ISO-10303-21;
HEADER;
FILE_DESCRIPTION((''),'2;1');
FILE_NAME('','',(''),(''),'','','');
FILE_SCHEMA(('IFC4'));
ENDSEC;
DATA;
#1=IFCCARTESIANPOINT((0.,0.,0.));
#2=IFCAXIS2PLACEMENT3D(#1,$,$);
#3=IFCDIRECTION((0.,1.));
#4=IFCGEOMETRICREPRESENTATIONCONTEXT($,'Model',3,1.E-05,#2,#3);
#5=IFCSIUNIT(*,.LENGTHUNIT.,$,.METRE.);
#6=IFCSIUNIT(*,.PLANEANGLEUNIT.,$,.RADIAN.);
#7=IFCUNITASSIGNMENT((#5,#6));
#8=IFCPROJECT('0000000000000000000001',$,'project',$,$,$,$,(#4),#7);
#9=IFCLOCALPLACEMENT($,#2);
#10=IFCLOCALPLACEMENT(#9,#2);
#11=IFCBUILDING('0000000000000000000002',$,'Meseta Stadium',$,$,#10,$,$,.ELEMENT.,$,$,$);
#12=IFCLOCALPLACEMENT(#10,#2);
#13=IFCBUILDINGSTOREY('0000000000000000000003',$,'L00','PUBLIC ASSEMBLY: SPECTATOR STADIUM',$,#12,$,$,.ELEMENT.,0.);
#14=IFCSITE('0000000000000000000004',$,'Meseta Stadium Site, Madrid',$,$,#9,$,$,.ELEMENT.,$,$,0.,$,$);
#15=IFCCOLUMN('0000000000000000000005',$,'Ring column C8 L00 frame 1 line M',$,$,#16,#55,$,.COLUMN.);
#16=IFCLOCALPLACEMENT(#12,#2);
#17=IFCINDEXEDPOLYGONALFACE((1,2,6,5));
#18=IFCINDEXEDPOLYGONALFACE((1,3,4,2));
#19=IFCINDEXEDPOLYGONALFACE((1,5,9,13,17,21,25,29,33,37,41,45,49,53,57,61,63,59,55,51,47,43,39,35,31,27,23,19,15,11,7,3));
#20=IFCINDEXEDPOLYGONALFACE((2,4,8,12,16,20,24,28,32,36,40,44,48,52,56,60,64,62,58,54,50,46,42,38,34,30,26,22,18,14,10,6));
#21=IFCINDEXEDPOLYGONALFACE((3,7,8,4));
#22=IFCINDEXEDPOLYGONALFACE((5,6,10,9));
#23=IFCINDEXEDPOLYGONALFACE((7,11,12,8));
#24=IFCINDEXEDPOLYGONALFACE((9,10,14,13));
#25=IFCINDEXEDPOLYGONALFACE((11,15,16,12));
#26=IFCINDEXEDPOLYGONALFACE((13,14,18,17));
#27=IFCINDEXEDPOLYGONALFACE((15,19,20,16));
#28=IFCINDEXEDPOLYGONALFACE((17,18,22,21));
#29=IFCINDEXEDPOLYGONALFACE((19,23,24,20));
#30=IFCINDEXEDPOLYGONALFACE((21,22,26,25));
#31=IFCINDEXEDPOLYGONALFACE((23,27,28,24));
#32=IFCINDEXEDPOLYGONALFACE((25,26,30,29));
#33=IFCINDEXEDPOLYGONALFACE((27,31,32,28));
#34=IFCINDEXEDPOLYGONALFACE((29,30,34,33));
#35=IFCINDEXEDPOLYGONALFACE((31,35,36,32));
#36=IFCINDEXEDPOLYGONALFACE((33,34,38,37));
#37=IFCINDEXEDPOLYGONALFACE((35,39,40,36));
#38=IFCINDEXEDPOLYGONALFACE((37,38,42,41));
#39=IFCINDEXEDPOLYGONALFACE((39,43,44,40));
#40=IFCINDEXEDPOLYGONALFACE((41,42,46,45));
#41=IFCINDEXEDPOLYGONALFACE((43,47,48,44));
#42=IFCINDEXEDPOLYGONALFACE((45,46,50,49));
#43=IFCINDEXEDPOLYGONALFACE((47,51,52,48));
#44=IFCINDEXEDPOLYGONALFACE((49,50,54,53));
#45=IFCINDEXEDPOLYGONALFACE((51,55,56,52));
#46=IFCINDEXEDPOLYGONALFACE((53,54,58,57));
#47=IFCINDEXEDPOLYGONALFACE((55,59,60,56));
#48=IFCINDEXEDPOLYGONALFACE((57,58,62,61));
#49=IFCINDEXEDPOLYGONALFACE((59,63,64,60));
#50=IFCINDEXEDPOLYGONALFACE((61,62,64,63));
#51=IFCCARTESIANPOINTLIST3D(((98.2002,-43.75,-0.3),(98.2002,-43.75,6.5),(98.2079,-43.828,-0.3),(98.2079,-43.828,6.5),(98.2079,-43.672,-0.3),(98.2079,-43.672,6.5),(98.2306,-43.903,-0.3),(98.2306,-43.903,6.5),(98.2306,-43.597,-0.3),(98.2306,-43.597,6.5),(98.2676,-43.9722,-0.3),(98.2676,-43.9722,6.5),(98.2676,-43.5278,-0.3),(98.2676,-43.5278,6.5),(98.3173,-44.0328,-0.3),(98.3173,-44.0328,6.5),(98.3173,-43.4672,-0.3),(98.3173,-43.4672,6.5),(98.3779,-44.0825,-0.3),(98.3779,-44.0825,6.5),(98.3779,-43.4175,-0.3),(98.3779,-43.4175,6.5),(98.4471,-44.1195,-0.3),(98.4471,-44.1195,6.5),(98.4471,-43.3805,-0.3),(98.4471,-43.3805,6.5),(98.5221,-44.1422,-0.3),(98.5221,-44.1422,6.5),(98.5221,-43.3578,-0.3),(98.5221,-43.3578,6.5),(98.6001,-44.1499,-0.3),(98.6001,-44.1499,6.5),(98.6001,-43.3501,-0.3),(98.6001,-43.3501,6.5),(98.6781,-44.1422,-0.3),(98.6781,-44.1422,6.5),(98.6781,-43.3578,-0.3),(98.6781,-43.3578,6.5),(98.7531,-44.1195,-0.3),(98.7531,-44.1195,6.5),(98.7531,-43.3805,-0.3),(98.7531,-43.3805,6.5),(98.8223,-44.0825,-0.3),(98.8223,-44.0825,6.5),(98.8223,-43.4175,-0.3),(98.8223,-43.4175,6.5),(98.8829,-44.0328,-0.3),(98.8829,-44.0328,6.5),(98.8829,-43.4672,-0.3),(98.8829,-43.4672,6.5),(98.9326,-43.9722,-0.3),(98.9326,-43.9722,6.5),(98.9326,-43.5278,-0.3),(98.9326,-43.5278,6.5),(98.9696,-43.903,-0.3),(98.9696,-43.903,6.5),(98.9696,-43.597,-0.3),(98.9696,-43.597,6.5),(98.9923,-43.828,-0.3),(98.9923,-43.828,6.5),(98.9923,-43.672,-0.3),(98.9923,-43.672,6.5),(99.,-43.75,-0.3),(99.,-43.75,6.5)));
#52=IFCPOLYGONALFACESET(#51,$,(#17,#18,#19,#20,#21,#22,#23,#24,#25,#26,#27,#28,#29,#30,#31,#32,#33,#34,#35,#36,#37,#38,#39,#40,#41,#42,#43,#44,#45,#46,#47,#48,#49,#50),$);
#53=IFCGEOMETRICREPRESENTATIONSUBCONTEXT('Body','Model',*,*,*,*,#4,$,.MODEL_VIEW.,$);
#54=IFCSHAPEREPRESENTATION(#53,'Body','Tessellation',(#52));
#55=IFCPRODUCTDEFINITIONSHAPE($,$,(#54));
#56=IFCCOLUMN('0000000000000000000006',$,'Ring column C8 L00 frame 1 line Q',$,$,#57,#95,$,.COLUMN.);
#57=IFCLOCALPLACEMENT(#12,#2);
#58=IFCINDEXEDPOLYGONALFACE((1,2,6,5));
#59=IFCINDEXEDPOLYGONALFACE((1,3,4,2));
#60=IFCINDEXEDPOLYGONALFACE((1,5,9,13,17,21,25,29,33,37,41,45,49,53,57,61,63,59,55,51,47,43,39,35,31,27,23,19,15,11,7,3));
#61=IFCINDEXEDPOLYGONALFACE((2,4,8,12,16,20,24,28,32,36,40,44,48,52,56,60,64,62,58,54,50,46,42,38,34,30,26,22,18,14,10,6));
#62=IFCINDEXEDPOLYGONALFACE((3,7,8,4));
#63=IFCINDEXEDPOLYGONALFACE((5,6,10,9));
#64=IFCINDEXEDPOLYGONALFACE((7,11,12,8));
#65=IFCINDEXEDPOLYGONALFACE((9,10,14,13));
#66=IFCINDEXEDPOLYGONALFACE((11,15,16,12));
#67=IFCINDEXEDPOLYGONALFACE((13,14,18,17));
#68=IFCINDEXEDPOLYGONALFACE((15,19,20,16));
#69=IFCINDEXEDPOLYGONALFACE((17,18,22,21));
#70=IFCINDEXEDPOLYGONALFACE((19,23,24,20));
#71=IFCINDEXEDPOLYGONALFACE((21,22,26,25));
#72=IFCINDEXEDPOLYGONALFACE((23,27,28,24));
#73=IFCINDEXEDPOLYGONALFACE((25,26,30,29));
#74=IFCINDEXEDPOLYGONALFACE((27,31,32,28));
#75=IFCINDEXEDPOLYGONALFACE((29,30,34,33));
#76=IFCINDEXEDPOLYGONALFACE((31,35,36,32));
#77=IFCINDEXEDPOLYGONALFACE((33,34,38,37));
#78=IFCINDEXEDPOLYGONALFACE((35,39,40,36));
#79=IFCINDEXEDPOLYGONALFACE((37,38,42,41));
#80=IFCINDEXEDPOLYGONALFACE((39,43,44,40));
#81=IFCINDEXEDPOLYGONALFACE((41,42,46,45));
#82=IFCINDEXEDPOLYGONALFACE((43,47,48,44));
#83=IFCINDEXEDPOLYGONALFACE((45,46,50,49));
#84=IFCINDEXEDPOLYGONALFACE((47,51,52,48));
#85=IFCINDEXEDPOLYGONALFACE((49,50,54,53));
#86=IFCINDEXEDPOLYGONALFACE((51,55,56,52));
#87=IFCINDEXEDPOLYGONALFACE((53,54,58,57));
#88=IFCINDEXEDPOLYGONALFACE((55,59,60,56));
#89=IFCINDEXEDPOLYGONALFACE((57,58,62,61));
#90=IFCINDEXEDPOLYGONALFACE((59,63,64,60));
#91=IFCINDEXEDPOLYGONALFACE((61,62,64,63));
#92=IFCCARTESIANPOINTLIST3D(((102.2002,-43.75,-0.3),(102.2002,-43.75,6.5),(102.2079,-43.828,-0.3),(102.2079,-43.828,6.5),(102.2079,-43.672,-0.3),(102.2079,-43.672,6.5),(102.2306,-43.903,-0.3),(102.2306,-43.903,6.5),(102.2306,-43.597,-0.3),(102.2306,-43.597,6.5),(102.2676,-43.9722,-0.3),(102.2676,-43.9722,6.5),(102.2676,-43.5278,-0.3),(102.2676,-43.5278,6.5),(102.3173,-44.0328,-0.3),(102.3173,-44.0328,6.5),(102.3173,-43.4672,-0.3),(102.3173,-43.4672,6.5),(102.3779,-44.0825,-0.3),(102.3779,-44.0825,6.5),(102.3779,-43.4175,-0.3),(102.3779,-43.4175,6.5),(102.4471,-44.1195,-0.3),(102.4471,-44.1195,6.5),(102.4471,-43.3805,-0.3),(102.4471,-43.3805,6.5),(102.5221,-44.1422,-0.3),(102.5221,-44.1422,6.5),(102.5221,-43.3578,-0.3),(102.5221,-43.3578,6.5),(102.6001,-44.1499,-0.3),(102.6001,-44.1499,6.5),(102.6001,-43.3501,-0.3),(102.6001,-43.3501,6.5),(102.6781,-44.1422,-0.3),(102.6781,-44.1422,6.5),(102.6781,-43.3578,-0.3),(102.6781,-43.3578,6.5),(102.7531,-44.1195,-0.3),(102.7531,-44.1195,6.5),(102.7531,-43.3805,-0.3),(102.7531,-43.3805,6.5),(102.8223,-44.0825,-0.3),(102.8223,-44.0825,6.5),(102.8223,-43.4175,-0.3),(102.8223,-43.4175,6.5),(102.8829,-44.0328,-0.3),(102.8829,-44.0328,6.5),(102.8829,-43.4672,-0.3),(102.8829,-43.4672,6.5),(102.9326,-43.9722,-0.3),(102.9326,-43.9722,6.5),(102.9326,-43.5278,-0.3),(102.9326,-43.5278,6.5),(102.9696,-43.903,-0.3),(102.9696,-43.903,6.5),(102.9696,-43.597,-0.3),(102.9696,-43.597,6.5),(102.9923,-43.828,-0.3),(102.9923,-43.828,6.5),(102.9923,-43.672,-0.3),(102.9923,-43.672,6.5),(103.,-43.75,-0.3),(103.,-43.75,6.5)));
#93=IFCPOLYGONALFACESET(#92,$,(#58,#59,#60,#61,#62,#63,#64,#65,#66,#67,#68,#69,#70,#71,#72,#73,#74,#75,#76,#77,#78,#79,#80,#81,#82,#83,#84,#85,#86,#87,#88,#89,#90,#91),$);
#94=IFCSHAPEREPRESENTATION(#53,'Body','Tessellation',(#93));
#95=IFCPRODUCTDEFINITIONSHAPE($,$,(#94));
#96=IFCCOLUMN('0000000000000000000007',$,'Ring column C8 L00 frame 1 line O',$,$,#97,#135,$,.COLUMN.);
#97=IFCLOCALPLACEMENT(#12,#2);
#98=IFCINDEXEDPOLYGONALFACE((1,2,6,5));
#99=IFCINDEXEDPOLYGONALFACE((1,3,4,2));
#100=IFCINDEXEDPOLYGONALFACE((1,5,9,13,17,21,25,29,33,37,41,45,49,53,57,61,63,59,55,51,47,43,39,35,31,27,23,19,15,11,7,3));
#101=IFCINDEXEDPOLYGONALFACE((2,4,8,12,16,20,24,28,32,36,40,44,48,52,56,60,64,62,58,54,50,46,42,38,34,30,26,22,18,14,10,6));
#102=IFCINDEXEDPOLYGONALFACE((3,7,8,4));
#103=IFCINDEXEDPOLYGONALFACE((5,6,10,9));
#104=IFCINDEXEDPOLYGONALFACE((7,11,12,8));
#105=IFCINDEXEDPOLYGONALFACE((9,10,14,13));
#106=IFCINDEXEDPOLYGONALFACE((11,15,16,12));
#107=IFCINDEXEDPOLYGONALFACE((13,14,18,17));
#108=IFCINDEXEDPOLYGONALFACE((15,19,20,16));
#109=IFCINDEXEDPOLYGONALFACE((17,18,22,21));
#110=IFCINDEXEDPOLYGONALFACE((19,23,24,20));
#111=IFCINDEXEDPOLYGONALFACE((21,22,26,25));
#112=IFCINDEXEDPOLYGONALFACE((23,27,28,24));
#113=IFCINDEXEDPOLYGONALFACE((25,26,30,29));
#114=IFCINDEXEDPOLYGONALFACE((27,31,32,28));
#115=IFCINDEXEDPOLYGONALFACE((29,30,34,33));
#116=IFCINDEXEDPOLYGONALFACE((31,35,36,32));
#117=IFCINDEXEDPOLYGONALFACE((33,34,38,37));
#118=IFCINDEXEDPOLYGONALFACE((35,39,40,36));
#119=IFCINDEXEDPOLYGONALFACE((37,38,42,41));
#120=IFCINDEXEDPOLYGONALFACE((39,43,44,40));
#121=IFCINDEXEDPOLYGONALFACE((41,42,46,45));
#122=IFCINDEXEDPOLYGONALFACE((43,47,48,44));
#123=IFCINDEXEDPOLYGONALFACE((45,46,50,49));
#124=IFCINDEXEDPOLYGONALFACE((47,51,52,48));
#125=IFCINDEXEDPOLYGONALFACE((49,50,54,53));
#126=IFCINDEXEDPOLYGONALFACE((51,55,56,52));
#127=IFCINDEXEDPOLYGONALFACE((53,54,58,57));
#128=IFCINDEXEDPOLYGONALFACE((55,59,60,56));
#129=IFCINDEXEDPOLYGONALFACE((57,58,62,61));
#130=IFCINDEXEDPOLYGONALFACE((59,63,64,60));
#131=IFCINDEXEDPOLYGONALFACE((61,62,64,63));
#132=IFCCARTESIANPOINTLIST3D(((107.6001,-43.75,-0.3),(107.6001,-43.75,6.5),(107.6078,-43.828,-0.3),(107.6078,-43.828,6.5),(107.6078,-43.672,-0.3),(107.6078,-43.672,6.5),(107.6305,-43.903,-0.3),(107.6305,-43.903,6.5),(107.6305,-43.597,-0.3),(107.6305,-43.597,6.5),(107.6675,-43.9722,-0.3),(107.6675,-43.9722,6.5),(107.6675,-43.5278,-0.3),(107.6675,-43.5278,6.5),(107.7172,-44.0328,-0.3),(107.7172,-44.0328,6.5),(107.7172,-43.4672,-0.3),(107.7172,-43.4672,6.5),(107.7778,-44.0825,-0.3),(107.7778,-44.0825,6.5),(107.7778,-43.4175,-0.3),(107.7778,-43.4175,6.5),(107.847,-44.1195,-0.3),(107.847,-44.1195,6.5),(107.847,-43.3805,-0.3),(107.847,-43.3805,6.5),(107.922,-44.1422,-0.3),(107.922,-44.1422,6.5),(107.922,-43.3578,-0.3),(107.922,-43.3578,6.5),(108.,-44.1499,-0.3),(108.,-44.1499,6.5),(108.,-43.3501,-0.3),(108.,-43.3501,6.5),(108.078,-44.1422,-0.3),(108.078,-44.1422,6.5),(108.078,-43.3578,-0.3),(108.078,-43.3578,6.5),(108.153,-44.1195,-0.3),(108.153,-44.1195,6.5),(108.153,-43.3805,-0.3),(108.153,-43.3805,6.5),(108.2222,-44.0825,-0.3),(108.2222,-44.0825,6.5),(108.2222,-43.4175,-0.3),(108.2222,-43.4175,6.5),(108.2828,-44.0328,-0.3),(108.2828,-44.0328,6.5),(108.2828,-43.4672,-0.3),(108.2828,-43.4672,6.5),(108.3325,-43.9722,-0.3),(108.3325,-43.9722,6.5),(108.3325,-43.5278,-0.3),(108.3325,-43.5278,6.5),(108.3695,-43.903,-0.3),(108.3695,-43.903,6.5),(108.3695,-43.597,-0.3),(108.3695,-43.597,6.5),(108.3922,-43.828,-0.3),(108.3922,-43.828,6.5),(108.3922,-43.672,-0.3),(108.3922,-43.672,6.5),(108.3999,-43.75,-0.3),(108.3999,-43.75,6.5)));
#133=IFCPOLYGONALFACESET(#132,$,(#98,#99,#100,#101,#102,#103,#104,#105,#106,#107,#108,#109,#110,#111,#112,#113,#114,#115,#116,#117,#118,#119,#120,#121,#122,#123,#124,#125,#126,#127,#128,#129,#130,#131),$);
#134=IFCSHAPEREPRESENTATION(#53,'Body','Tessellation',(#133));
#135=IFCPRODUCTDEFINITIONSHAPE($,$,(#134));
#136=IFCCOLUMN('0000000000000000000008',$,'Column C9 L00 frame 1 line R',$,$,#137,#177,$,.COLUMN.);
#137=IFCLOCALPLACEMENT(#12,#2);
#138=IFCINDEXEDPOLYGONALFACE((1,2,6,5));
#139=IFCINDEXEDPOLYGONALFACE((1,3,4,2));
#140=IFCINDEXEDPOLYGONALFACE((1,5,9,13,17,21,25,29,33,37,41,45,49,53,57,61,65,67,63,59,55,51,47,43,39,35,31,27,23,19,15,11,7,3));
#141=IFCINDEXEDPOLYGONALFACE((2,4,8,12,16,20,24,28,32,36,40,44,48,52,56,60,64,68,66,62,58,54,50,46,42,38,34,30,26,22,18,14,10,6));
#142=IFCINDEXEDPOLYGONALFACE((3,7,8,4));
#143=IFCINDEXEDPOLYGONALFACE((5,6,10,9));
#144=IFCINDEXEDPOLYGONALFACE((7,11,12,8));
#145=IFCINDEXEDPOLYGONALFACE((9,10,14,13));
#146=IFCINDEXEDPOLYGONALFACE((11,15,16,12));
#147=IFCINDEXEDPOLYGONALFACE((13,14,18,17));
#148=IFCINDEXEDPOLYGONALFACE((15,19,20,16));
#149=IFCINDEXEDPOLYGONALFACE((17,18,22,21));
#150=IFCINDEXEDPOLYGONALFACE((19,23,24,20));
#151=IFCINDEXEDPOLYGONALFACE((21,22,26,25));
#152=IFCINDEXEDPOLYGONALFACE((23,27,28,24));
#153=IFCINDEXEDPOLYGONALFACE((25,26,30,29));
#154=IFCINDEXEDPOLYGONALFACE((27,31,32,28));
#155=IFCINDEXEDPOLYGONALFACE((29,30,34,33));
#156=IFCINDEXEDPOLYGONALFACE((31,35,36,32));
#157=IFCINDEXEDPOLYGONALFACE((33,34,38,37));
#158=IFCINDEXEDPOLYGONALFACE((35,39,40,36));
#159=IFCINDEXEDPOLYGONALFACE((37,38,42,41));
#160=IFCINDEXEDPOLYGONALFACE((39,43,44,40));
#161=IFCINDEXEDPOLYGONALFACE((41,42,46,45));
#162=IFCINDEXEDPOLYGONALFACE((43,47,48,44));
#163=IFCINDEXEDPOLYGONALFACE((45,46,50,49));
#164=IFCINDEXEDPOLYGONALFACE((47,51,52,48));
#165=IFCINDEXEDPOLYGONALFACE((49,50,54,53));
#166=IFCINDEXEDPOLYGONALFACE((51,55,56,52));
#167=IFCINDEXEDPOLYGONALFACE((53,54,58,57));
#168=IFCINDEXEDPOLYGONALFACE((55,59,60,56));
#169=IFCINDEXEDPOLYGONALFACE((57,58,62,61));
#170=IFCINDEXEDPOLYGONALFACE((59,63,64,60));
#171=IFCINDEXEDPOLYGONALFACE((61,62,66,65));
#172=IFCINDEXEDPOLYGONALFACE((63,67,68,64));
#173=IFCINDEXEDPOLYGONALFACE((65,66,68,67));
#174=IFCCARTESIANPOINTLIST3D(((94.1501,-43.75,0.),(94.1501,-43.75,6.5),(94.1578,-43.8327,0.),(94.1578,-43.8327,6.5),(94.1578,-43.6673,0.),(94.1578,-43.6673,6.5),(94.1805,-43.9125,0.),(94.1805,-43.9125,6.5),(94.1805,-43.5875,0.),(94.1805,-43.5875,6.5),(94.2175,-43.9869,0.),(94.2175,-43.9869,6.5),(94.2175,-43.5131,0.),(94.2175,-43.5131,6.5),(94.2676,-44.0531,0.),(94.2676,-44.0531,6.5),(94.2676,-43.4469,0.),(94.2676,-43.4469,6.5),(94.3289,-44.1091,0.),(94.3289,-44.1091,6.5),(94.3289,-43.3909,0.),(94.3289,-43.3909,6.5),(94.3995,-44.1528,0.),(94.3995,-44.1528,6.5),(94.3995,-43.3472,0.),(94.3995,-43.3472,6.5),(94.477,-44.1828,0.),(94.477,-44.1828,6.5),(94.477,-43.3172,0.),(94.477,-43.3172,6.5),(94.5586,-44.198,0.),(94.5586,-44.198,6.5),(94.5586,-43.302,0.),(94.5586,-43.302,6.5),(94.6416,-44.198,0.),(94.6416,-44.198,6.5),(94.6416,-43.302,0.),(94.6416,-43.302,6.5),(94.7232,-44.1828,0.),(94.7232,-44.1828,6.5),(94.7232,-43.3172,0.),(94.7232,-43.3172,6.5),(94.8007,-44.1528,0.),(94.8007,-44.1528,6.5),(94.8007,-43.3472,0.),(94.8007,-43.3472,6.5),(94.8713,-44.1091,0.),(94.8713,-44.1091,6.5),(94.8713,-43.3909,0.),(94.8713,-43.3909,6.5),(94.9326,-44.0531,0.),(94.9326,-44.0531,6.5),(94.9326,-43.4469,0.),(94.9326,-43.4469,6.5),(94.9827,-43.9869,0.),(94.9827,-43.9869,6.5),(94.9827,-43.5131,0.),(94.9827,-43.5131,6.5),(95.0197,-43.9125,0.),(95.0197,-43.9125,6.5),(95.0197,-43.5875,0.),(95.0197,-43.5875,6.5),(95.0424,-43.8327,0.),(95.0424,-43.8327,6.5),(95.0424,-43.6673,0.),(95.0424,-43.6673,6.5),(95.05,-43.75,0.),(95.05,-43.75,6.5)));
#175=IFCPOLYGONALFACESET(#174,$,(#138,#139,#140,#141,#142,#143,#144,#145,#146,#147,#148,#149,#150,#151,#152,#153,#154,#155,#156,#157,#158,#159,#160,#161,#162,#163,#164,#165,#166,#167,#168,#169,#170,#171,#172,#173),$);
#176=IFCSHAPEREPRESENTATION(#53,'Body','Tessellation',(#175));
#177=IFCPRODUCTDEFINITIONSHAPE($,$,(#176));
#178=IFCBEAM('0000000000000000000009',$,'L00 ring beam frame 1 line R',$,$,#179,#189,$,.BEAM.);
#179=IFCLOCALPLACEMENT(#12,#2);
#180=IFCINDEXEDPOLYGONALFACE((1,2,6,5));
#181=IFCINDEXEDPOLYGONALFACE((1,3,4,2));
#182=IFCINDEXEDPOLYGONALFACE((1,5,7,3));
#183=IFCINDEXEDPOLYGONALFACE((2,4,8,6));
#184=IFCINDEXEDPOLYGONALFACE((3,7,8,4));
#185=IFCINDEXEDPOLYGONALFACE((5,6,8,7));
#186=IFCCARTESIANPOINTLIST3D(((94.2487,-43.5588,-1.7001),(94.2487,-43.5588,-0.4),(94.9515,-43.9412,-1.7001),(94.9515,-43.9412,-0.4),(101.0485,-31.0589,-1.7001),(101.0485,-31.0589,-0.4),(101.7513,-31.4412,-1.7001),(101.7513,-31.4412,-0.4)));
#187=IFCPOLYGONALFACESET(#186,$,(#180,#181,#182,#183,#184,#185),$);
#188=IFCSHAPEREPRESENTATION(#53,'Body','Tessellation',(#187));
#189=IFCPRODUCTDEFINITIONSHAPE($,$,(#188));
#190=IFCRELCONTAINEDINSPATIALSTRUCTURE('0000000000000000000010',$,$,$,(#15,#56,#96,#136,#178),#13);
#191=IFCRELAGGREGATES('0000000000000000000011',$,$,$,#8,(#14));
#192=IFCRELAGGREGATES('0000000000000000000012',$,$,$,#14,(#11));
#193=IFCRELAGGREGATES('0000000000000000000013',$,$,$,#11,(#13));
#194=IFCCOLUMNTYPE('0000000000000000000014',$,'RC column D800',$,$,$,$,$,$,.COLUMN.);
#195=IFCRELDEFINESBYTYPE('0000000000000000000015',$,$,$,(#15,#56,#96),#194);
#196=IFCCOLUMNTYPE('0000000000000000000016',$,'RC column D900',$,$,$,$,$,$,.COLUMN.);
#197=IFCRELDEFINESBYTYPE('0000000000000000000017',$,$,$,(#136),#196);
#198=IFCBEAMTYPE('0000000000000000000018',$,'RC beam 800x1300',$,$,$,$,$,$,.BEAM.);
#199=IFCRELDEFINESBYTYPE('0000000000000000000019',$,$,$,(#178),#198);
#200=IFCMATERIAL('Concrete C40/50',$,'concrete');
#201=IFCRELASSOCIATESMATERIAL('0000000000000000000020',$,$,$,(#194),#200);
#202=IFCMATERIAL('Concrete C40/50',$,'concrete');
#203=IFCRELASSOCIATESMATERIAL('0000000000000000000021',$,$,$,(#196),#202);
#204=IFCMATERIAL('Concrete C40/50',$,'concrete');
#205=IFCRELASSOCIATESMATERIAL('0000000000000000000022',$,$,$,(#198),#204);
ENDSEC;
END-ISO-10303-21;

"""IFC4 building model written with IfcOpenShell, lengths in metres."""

from ifc_helpers import new_model, si_unit, direction, frame, origin, origin_2d, place, context, subcontext, project, spatial, rectangle, circle, extrude, material, material_profile, profile_set, type_object, element, save


model = new_model("IFC4")

# Units and contexts
model_context = context("Model", 3, precision=1e-05, world=origin(), true_north=direction((0.0, 1.0)))
body_context = subcontext(model_context, "Body", "Model", "MODEL_VIEW")
ifc_project = project(units=[si_unit("LENGTHUNIT", "METRE"), si_unit("PLANEANGLEUNIT", "RADIAN")], contexts=[model_context])

# Site, building, storey
site_placement = place(None, origin())
site = spatial("IfcSite", under=ifc_project, at=site_placement, Name="Meseta Stadium Site, Madrid", CompositionType="ELEMENT", RefElevation=0.0)
building_placement = place(site_placement, origin())
building = spatial("IfcBuilding", under=site, at=building_placement, Name="Meseta Stadium", CompositionType="ELEMENT")
storey_placement = place(building_placement, origin())
storey = spatial("IfcBuildingStorey", under=building, at=storey_placement, Name="L00", Description="PUBLIC ASSEMBLY: SPECTATOR STADIUM", CompositionType="ELEMENT", Elevation=0.0)

# Columns
ifc_material_1 = material(Name="Concrete C40/50", Category="concrete")
ifc_material_profile_1 = material_profile(ifc_material_1, circle(Radius=0.3999, at=origin_2d()), Name="RC D800")
ifc_profile_set_1 = profile_set([ifc_material_profile_1], Name="Concrete C40/50")
column_type_1 = type_object("IfcColumnType", Name="RC column D800", PredefinedType="COLUMN", material=ifc_profile_set_1)
for number, where, z_axis, x_axis, name in (
    (1, (98.6001, -43.75, -0.3), (0.0, 0.0, 1.0), (1.0, 0.0, 0.0), "Ring column C8 L00 frame 1 line M"),
    (2, (102.6001, -43.75, -0.3), (0.0, 0.0, 1.0), (1.0, 0.0, 0.0), "Ring column C8 L00 frame 1 line Q"),
    (3, (108.0, -43.75, -0.3), (0.0, 0.0, 1.0), (1.0, 0.0, 0.0), "Ring column C8 L00 frame 1 line O"),
):
    element("IfcColumn", number, at=place(storey_placement, frame(where, z_axis=z_axis, x_axis=x_axis)), inside=storey, type_object=column_type_1, Name=name, PredefinedType="COLUMN", context=body_context, shape_type="SweptSolid", body=[
        extrude(circle(Radius=0.3999, at=origin_2d()), origin(), (0.0, 0.0, 1.0), 6.8),
    ])
ifc_material_2 = material(Name="Concrete C40/50", Category="concrete")
ifc_material_profile_2 = material_profile(ifc_material_2, circle(Radius=0.45, at=origin_2d()), Name="RC D900")
ifc_profile_set_2 = profile_set([ifc_material_profile_2], Name="Concrete C40/50")
column_type_2 = type_object("IfcColumnType", Name="RC column D900", PredefinedType="COLUMN", material=ifc_profile_set_2)
column_placement = place(storey_placement, frame((94.6001, -43.75, 0.0), z_axis=(0.0, 0.0, 1.0), x_axis=(1.0, 0.0, 0.0)))
element("IfcColumn", 4, at=column_placement, inside=storey, type_object=column_type_2, Name="Column C9 L00 frame 1 line R", PredefinedType="COLUMN", context=body_context, shape_type="SweptSolid", body=[
    extrude(circle(Radius=0.45, at=origin_2d()), origin(), (0.0, 0.0, 1.0), 6.5),
])

# Beam
ifc_material_3 = material(Name="Concrete C40/50", Category="concrete")
ifc_material_profile_3 = material_profile(ifc_material_3, rectangle(XDim=0.8, YDim=1.3, at=origin_2d()), Name="RC 800x1300")
ifc_profile_set_3 = profile_set([ifc_material_profile_3], Name="Concrete C40/50")
beam_type = type_object("IfcBeamType", Name="RC beam 800x1300", PredefinedType="BEAM", material=ifc_profile_set_3)
beam_placement = place(storey_placement, frame((94.6001, -43.75, -1.05), z_axis=(0.477856, 0.878438, 0.0), x_axis=(-0.878438, 0.477856, 0.0)))
element("IfcBeam", 5, at=beam_placement, inside=storey, type_object=beam_type, Name="L00 ring beam frame 1 line R", PredefinedType="BEAM", context=body_context, shape_type="SweptSolid", body=[
    extrude(rectangle(XDim=0.8, YDim=1.3, at=origin_2d()), origin(), (0.0, 0.0, 1.0), 14.2297),
])

save(model, "model.ifc")
